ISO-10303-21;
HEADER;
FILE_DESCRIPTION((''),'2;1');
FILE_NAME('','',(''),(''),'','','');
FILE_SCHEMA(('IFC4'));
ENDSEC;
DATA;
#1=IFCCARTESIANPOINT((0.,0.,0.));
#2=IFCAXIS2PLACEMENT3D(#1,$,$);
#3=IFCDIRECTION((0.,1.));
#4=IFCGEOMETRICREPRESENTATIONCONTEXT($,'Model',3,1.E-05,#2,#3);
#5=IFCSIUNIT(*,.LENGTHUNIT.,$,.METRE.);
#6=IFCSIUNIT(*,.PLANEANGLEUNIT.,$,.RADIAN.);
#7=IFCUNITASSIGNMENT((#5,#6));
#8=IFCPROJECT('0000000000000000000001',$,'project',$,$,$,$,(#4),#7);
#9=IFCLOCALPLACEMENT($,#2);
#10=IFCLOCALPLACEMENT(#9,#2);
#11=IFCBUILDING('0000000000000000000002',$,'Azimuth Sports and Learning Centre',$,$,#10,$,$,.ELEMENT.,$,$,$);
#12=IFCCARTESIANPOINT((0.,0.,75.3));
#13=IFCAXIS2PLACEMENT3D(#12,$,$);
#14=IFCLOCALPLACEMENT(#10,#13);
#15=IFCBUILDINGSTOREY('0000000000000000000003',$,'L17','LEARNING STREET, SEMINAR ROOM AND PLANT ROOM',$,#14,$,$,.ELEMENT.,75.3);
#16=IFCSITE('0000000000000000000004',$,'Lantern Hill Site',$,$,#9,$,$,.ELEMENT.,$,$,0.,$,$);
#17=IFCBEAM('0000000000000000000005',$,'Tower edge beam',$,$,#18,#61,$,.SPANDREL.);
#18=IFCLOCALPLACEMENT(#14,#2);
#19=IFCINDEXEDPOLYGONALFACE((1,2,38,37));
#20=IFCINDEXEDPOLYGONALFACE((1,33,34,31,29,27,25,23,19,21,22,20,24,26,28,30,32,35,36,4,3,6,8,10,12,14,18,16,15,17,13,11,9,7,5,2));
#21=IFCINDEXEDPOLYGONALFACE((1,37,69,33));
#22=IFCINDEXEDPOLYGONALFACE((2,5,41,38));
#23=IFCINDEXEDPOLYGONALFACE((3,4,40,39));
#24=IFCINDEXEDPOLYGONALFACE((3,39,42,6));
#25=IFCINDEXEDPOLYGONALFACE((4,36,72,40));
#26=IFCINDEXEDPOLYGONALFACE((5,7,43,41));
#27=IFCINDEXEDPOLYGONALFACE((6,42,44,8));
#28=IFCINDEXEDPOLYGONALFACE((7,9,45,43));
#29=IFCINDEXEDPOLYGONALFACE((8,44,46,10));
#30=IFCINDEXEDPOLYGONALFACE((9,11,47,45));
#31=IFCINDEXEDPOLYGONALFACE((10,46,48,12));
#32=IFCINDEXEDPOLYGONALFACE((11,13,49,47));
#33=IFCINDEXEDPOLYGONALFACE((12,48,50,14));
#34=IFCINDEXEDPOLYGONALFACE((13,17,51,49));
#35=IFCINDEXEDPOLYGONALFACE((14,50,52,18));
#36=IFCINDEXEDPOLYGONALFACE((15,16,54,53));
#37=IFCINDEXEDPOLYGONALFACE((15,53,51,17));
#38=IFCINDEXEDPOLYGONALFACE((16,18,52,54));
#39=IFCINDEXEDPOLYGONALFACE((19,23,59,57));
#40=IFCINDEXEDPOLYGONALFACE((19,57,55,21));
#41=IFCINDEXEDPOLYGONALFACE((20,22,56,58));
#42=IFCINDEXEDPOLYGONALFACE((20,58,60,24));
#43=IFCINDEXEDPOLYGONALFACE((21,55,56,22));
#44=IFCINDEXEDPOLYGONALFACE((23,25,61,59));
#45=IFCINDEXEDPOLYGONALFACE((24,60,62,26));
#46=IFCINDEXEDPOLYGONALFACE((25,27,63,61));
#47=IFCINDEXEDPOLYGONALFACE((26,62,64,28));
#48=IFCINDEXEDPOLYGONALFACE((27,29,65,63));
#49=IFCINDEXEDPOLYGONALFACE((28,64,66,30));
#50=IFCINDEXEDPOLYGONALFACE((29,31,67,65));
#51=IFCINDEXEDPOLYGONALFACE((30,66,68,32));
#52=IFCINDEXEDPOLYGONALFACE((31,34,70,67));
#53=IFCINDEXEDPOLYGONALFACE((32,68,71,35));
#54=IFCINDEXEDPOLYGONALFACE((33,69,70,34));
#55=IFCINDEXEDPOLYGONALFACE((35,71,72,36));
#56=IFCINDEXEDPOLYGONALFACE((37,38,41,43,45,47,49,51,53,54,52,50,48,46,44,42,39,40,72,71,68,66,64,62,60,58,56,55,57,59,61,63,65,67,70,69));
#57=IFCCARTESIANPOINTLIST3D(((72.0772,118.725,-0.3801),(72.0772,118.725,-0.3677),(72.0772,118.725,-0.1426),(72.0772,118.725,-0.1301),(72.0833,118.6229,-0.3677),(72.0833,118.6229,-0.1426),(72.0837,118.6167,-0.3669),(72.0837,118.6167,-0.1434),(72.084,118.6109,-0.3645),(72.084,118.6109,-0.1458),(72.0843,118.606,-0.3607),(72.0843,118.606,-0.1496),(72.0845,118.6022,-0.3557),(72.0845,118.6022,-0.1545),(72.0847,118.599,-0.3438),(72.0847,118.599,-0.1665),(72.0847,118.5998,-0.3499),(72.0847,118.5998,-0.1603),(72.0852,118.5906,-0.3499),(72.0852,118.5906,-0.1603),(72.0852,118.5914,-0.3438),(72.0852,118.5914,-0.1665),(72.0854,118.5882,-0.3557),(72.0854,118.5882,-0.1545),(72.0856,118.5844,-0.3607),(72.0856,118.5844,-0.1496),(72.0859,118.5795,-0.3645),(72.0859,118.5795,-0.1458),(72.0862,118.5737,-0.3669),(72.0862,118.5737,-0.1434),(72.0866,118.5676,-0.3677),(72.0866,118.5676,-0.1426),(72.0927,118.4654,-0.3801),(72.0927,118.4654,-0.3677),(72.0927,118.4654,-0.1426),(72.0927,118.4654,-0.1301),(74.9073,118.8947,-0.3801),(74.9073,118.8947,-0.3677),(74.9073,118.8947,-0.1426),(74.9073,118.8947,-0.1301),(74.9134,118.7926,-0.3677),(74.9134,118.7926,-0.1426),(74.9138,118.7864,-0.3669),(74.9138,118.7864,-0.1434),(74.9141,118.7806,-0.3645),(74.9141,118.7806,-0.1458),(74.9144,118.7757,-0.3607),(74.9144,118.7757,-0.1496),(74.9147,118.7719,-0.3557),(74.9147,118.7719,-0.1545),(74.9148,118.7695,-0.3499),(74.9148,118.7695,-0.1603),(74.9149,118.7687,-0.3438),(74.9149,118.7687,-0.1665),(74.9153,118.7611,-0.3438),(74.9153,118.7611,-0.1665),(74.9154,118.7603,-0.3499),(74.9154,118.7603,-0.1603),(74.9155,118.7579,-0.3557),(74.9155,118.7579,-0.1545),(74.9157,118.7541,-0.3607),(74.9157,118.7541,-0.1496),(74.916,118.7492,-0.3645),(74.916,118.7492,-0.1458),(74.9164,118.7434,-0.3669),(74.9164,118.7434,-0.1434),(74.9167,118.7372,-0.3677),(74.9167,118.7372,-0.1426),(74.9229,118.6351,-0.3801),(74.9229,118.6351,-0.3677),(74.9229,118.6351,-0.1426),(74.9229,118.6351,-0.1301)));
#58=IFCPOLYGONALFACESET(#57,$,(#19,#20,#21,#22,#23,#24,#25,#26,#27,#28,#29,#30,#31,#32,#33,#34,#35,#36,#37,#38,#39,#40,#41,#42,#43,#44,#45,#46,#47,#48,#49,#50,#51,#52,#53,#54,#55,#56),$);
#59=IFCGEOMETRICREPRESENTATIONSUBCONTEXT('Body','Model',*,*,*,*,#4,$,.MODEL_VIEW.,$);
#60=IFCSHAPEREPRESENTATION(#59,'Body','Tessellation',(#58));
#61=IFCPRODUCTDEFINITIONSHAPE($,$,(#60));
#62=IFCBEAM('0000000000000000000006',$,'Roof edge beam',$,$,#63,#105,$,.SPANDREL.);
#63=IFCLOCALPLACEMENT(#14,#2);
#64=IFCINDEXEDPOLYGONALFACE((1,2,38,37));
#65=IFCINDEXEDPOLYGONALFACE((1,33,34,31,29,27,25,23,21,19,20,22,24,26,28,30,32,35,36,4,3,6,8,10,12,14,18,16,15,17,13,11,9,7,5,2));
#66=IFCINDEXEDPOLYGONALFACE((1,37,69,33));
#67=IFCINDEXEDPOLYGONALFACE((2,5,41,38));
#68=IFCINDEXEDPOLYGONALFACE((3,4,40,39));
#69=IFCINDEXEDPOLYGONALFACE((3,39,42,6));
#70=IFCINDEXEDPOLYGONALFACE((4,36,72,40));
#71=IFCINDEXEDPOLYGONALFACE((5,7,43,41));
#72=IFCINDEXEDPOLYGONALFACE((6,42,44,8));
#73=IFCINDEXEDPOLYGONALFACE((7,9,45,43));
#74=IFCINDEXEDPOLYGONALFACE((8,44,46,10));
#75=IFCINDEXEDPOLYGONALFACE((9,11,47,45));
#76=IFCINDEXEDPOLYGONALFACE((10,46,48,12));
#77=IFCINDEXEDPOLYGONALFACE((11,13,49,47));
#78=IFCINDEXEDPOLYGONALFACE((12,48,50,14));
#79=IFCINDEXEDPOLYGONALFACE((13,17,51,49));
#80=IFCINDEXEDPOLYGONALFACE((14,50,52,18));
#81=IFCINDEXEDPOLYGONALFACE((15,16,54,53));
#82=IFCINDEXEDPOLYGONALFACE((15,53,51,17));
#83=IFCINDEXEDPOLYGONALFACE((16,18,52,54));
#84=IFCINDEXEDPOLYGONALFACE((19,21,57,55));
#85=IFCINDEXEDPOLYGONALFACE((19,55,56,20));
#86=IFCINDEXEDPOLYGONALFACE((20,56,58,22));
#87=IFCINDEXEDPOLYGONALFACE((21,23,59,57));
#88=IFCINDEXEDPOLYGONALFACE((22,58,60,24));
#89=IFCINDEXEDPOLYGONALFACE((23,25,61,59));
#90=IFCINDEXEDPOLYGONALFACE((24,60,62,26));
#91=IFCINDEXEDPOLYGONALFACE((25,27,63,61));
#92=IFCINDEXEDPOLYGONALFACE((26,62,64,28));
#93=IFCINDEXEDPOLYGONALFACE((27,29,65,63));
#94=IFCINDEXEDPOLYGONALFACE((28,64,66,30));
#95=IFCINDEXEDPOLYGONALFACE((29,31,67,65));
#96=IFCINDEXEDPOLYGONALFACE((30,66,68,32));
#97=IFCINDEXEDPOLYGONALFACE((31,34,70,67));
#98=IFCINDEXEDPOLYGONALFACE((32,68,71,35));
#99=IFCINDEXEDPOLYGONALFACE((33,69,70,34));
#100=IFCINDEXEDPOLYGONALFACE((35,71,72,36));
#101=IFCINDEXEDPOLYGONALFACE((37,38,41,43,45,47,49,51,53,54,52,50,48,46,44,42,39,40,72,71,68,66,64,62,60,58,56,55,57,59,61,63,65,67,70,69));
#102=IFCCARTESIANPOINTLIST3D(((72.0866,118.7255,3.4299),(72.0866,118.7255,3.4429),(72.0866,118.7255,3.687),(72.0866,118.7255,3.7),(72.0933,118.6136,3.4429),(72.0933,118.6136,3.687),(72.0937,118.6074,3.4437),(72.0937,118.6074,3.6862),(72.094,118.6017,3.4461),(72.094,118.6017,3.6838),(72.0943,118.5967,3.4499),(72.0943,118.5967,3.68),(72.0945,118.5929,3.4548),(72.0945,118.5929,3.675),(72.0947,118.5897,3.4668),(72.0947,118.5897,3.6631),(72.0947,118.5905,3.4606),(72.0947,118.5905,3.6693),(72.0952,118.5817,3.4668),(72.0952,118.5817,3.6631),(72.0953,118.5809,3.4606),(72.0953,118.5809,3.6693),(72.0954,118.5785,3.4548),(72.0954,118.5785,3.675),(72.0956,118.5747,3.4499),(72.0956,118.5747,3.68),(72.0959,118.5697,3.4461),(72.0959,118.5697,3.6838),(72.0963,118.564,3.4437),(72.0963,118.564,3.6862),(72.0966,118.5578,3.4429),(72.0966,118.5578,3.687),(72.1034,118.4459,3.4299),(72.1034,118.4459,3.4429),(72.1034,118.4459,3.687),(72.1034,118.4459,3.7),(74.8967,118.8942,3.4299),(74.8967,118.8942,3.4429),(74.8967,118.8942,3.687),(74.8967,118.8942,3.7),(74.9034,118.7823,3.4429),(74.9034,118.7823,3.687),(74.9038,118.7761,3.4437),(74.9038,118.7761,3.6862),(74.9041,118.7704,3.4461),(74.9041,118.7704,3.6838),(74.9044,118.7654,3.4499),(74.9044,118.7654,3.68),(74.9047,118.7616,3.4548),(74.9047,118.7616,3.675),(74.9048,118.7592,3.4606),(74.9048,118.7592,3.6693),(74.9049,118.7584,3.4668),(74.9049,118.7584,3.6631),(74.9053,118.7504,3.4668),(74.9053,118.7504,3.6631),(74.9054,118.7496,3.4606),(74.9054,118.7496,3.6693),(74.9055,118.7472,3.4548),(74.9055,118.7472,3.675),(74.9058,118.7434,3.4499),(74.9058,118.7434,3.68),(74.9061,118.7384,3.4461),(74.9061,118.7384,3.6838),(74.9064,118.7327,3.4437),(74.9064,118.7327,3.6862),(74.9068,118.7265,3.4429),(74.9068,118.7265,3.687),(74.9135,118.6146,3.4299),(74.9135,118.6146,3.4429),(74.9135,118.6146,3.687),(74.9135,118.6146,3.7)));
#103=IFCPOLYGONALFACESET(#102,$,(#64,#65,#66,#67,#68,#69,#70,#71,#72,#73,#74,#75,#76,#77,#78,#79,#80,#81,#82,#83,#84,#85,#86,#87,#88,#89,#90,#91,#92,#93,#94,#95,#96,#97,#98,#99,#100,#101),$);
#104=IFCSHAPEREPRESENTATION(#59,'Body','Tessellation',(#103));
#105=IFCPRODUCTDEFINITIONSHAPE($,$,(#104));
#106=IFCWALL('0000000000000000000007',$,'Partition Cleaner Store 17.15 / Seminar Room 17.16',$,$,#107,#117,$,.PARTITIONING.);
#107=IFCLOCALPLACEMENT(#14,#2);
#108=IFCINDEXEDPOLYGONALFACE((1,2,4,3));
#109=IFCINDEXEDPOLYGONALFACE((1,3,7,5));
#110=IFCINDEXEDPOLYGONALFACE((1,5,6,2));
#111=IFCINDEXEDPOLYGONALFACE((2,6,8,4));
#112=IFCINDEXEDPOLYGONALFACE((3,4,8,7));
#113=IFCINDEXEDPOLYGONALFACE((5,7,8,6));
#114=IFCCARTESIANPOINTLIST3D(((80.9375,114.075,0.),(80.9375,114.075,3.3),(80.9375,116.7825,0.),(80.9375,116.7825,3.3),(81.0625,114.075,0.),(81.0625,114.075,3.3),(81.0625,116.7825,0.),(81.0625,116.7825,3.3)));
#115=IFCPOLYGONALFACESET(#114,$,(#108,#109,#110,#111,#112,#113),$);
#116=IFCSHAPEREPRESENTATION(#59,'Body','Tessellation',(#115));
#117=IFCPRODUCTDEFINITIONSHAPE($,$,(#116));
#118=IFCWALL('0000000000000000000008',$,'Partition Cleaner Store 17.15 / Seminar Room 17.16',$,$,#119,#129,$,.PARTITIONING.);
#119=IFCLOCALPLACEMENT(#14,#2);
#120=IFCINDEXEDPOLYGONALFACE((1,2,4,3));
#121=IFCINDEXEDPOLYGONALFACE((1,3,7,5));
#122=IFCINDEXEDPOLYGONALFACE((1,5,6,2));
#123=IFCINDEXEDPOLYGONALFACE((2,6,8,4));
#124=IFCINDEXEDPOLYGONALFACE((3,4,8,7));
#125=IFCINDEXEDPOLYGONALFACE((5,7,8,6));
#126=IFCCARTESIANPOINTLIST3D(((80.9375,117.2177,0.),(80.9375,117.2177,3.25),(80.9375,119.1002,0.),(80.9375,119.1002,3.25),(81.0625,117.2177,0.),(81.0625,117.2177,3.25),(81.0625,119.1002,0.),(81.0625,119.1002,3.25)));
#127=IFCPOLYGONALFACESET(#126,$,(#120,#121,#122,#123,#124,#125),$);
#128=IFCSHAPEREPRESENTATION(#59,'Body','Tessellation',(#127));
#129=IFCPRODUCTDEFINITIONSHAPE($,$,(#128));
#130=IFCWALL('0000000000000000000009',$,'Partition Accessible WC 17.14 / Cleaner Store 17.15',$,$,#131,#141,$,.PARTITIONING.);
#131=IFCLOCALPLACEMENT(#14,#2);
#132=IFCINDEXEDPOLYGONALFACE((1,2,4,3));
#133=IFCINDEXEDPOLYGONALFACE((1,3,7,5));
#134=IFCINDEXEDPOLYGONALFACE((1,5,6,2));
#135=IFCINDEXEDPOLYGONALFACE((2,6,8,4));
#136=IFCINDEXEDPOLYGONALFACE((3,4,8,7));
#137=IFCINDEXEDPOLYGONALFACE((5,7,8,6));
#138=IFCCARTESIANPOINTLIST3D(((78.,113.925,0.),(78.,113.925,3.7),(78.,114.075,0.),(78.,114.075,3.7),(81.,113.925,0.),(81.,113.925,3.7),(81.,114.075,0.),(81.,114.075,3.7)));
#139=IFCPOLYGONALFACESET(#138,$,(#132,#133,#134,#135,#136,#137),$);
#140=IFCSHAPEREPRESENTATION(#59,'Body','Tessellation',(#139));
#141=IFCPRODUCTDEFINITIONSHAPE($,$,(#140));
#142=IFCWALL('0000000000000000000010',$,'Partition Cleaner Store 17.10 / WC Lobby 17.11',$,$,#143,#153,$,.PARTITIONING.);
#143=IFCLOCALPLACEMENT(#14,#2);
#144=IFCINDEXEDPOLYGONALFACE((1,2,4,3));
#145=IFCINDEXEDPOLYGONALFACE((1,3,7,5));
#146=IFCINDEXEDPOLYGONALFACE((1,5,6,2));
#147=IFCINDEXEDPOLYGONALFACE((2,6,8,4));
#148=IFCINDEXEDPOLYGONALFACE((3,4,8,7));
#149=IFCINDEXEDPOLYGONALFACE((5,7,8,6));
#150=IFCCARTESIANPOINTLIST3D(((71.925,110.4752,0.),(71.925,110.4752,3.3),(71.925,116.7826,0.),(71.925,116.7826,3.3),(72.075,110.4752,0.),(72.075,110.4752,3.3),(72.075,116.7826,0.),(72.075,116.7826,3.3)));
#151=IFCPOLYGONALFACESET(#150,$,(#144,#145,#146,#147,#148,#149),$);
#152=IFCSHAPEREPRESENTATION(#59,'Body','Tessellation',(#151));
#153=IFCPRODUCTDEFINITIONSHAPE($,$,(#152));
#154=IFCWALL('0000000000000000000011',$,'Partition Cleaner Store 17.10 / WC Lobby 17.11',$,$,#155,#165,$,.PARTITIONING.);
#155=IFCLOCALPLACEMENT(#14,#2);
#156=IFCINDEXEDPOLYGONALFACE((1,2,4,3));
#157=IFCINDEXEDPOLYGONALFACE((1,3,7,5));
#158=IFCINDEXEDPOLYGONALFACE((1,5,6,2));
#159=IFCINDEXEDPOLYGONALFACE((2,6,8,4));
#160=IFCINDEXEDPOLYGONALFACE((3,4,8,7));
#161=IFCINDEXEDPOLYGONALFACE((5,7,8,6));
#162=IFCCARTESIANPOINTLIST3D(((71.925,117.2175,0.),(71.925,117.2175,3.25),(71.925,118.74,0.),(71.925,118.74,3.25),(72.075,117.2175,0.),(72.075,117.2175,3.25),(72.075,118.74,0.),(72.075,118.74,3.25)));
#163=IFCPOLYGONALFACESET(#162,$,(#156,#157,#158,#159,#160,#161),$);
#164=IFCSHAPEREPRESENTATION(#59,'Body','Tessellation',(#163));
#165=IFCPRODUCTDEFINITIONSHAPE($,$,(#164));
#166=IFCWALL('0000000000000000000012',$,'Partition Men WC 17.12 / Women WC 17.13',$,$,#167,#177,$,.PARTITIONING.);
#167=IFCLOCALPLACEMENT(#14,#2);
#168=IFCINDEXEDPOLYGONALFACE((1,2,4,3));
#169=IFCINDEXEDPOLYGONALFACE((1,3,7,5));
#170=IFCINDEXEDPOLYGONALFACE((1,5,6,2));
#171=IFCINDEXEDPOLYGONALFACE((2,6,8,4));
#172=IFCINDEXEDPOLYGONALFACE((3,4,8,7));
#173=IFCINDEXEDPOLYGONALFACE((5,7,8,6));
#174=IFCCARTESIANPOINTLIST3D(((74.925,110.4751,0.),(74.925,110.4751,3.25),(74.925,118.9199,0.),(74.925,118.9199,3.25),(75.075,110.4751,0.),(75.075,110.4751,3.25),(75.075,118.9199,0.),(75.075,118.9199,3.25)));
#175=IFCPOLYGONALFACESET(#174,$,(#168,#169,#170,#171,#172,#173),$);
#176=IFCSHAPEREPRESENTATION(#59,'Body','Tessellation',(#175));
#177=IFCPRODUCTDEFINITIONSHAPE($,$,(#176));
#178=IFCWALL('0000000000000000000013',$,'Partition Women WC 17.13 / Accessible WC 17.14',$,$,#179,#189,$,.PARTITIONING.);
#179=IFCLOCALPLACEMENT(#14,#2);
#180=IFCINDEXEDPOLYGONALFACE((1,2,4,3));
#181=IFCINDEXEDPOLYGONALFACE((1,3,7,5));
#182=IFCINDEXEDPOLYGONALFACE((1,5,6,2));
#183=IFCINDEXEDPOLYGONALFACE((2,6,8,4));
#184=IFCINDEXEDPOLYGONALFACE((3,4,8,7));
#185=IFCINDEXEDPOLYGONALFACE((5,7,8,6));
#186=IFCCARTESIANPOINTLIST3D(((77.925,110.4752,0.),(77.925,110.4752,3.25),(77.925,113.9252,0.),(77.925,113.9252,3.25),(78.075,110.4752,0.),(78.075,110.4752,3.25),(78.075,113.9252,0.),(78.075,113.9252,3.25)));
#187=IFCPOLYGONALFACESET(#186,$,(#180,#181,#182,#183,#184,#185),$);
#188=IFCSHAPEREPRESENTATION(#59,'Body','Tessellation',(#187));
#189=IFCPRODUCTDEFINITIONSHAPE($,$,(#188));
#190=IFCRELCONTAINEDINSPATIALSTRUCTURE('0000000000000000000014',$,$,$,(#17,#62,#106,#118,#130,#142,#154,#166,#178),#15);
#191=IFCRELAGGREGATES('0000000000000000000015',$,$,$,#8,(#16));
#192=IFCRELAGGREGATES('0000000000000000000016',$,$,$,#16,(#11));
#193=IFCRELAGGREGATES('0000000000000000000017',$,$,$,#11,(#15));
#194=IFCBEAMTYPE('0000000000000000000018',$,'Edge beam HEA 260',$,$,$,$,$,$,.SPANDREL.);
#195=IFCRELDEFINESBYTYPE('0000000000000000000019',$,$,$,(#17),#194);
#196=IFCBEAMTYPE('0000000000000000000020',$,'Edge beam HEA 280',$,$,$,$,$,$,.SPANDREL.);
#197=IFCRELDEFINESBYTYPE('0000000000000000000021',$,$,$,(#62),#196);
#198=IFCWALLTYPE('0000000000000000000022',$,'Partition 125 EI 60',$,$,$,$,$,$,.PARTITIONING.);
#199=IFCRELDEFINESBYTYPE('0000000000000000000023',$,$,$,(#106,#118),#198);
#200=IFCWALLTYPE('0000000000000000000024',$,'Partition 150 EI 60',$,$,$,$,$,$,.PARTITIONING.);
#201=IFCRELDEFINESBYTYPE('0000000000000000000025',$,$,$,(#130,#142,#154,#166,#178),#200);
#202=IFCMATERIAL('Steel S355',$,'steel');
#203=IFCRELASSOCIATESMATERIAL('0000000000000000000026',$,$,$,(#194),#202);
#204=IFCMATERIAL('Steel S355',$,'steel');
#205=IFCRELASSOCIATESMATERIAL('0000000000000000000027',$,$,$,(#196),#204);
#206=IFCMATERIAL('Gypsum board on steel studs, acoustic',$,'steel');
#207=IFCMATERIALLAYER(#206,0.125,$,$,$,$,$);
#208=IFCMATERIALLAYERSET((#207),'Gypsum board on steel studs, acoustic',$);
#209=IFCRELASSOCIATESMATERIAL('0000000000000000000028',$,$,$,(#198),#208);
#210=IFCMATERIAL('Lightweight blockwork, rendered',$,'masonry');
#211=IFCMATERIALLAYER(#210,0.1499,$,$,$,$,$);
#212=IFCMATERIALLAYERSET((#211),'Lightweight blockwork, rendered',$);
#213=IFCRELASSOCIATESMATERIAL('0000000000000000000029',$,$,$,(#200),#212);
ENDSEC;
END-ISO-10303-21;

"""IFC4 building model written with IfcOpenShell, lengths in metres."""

from ifc_helpers import new_model, si_unit, direction, frame, frame_2d, origin, origin_2d, place, context, subcontext, project, spatial, rectangle, i_section, extrude, material, layer, layer_set, material_profile, profile_set, type_object, element, save


model = new_model("IFC4")

# Units and contexts
model_context = context("Model", 3, precision=1e-05, world=origin(), true_north=direction((0.0, 1.0)))
body_context = subcontext(model_context, "Body", "Model", "MODEL_VIEW")
ifc_project = project(units=[si_unit("LENGTHUNIT", "METRE"), si_unit("PLANEANGLEUNIT", "RADIAN")], contexts=[model_context])

# Site, building, storey
site_placement = place(None, origin())
site = spatial("IfcSite", under=ifc_project, at=site_placement, Name="Lantern Hill Site", CompositionType="ELEMENT", RefElevation=0.0)
building_placement = place(site_placement, origin())
building = spatial("IfcBuilding", under=site, at=building_placement, Name="Azimuth Sports and Learning Centre", CompositionType="ELEMENT")
storey_placement = place(building_placement, frame((0.0, 0.0, 75.3)))
storey = spatial("IfcBuildingStorey", under=building, at=storey_placement, Name="L17", Description="LEARNING STREET, SEMINAR ROOM AND PLANT ROOM", CompositionType="ELEMENT", Elevation=75.3)

# Beams
ifc_material_1 = material(Name="Steel S355", Category="steel")
ifc_material_profile_1 = material_profile(ifc_material_1, i_section(OverallWidth=0.26, OverallDepth=0.25, WebThickness=0.0076, FlangeThickness=0.0125, FilletRadius=0.0239, at=origin_2d()), Name="HEA 260")
ifc_profile_set_1 = profile_set([ifc_material_profile_1], Name="Steel S355")
beam_type_1 = type_object("IfcBeamType", Name="Edge beam HEA 260", PredefinedType="SPANDREL", material=ifc_profile_set_1)
beam_1_placement = place(storey_placement, frame((72.085, 118.5952, -0.2551), z_axis=(0.998208, 0.059848, 0.0), x_axis=(-0.059848, 0.998208, 0.0)))
element("IfcBeam", 1, at=beam_1_placement, inside=storey, type_object=beam_type_1, Name="Tower edge beam", PredefinedType="SPANDREL", context=body_context, shape_type="SweptSolid", body=[
    extrude(i_section(OverallWidth=0.26, OverallDepth=0.25, WebThickness=0.0076, FlangeThickness=0.0125, FilletRadius=0.0239, at=origin_2d()), origin(), (0.0, 0.0, 1.0), 2.8352),
])
ifc_material_2 = material(Name="Steel S355", Category="steel")
ifc_material_profile_2 = material_profile(ifc_material_2, i_section(OverallWidth=0.28, OverallDepth=0.27, WebThickness=0.0081, FlangeThickness=0.0129, FilletRadius=0.0239, at=origin_2d()), Name="HEA 280")
ifc_profile_set_2 = profile_set([ifc_material_profile_2], Name="Steel S355")
beam_type_2 = type_object("IfcBeamType", Name="Edge beam HEA 280", PredefinedType="SPANDREL", material=ifc_profile_set_2)
beam_2_placement = place(storey_placement, frame((72.095, 118.5857, 3.5649), z_axis=(0.998203, 0.059927, 0.0), x_axis=(-0.059927, 0.998203, 0.0)))
element("IfcBeam", 2, at=beam_2_placement, inside=storey, type_object=beam_type_2, Name="Roof edge beam", PredefinedType="SPANDREL", context=body_context, shape_type="SweptSolid", body=[
    extrude(i_section(OverallWidth=0.28, OverallDepth=0.27, WebThickness=0.0081, FlangeThickness=0.0129, FilletRadius=0.0239, at=origin_2d()), origin(), (0.0, 0.0, 1.0), 2.8152),
])

# Walls
ifc_material_3 = material(Name="Gypsum board on steel studs, acoustic", Category="steel")
ifc_layer_1 = layer(ifc_material_3, 0.125)
ifc_layer_set_1 = layer_set([ifc_layer_1], Name="Gypsum board on steel studs, acoustic")
wall_type_1 = type_object("IfcWallType", Name="Partition 125 EI 60", PredefinedType="PARTITIONING", material=ifc_layer_set_1)
wall_1_placement = place(storey_placement, frame((81.0, 114.075, 0.0), z_axis=(0.0, 0.0, 1.0), x_axis=(0.0, 1.0, 0.0)))
element("IfcWall", 3, at=wall_1_placement, inside=storey, type_object=wall_type_1, Name="Partition Cleaner Store 17.15 / Seminar Room 17.16", PredefinedType="PARTITIONING", context=body_context, shape_type="SweptSolid", body=[
    extrude(rectangle(XDim=2.7075, YDim=0.125, at=frame_2d((1.3538, 0.0))), origin(), (0.0, 0.0, 1.0), 3.3),
])
wall_2_placement = place(storey_placement, frame((81.0, 117.2175, 0.0), z_axis=(0.0, 0.0, 1.0), x_axis=(0.0, 1.0, 0.0)))
element("IfcWall", 4, at=wall_2_placement, inside=storey, type_object=wall_type_1, Name="Partition Cleaner Store 17.15 / Seminar Room 17.16", PredefinedType="PARTITIONING", context=body_context, shape_type="SweptSolid", body=[
    extrude(rectangle(XDim=1.8826, YDim=0.125, at=frame_2d((0.9414, 0.0))), origin(), (0.0, 0.0, 1.0), 3.25),
])
ifc_material_4 = material(Name="Lightweight blockwork, rendered", Category="masonry")
ifc_layer_2 = layer(ifc_material_4, 0.1499)
ifc_layer_set_2 = layer_set([ifc_layer_2], Name="Lightweight blockwork, rendered")
wall_type_2 = type_object("IfcWallType", Name="Partition 150 EI 60", PredefinedType="PARTITIONING", material=ifc_layer_set_2)
wall_3_placement = place(storey_placement, frame((78.0, 114.0, 0.0), z_axis=(0.0, 0.0, 1.0), x_axis=(1.0, 0.0, 0.0)))
element("IfcWall", 5, at=wall_3_placement, inside=storey, type_object=wall_type_2, Name="Partition Accessible WC 17.14 / Cleaner Store 17.15", PredefinedType="PARTITIONING", context=body_context, shape_type="SweptSolid", body=[
    extrude(rectangle(XDim=3.0, YDim=0.1499, at=frame_2d((1.5, 0.0))), origin(), (0.0, 0.0, 1.0), 3.7),
])
wall_4_placement = place(storey_placement, frame((72.0, 110.4751, 0.0), z_axis=(0.0, 0.0, 1.0), x_axis=(0.0, 1.0, 0.0)))
element("IfcWall", 6, at=wall_4_placement, inside=storey, type_object=wall_type_2, Name="Partition Cleaner Store 17.10 / WC Lobby 17.11", PredefinedType="PARTITIONING", context=body_context, shape_type="SweptSolid", body=[
    extrude(rectangle(XDim=6.3074, YDim=0.1499, at=frame_2d((3.1538, 0.0))), origin(), (0.0, 0.0, 1.0), 3.3),
])
wall_5_placement = place(storey_placement, frame((72.0, 117.2175, 0.0), z_axis=(0.0, 0.0, 1.0), x_axis=(0.0, 1.0, 0.0)))
element("IfcWall", 7, at=wall_5_placement, inside=storey, type_object=wall_type_2, Name="Partition Cleaner Store 17.10 / WC Lobby 17.11", PredefinedType="PARTITIONING", context=body_context, shape_type="SweptSolid", body=[
    extrude(rectangle(XDim=1.5225, YDim=0.1499, at=frame_2d((0.7612, 0.0))), origin(), (0.0, 0.0, 1.0), 3.25),
])
wall_6_placement = place(storey_placement, frame((75.0, 110.4751, 0.0), z_axis=(0.0, 0.0, 1.0), x_axis=(0.0, 1.0, 0.0)))
element("IfcWall", 8, at=wall_6_placement, inside=storey, type_object=wall_type_2, Name="Partition Men WC 17.12 / Women WC 17.13", PredefinedType="PARTITIONING", context=body_context, shape_type="SweptSolid", body=[
    extrude(rectangle(XDim=8.4448, YDim=0.1499, at=frame_2d((4.2224, 0.0))), origin(), (0.0, 0.0, 1.0), 3.25),
])
wall_7_placement = place(storey_placement, frame((78.0, 110.4751, 0.0), z_axis=(0.0, 0.0, 1.0), x_axis=(0.0, 1.0, 0.0)))
element("IfcWall", 9, at=wall_7_placement, inside=storey, type_object=wall_type_2, Name="Partition Women WC 17.13 / Accessible WC 17.14", PredefinedType="PARTITIONING", context=body_context, shape_type="SweptSolid", body=[
    extrude(rectangle(XDim=3.45, YDim=0.1499, at=frame_2d((1.7251, 0.0))), origin(), (0.0, 0.0, 1.0), 3.25),
])

save(model, "model.ifc")
